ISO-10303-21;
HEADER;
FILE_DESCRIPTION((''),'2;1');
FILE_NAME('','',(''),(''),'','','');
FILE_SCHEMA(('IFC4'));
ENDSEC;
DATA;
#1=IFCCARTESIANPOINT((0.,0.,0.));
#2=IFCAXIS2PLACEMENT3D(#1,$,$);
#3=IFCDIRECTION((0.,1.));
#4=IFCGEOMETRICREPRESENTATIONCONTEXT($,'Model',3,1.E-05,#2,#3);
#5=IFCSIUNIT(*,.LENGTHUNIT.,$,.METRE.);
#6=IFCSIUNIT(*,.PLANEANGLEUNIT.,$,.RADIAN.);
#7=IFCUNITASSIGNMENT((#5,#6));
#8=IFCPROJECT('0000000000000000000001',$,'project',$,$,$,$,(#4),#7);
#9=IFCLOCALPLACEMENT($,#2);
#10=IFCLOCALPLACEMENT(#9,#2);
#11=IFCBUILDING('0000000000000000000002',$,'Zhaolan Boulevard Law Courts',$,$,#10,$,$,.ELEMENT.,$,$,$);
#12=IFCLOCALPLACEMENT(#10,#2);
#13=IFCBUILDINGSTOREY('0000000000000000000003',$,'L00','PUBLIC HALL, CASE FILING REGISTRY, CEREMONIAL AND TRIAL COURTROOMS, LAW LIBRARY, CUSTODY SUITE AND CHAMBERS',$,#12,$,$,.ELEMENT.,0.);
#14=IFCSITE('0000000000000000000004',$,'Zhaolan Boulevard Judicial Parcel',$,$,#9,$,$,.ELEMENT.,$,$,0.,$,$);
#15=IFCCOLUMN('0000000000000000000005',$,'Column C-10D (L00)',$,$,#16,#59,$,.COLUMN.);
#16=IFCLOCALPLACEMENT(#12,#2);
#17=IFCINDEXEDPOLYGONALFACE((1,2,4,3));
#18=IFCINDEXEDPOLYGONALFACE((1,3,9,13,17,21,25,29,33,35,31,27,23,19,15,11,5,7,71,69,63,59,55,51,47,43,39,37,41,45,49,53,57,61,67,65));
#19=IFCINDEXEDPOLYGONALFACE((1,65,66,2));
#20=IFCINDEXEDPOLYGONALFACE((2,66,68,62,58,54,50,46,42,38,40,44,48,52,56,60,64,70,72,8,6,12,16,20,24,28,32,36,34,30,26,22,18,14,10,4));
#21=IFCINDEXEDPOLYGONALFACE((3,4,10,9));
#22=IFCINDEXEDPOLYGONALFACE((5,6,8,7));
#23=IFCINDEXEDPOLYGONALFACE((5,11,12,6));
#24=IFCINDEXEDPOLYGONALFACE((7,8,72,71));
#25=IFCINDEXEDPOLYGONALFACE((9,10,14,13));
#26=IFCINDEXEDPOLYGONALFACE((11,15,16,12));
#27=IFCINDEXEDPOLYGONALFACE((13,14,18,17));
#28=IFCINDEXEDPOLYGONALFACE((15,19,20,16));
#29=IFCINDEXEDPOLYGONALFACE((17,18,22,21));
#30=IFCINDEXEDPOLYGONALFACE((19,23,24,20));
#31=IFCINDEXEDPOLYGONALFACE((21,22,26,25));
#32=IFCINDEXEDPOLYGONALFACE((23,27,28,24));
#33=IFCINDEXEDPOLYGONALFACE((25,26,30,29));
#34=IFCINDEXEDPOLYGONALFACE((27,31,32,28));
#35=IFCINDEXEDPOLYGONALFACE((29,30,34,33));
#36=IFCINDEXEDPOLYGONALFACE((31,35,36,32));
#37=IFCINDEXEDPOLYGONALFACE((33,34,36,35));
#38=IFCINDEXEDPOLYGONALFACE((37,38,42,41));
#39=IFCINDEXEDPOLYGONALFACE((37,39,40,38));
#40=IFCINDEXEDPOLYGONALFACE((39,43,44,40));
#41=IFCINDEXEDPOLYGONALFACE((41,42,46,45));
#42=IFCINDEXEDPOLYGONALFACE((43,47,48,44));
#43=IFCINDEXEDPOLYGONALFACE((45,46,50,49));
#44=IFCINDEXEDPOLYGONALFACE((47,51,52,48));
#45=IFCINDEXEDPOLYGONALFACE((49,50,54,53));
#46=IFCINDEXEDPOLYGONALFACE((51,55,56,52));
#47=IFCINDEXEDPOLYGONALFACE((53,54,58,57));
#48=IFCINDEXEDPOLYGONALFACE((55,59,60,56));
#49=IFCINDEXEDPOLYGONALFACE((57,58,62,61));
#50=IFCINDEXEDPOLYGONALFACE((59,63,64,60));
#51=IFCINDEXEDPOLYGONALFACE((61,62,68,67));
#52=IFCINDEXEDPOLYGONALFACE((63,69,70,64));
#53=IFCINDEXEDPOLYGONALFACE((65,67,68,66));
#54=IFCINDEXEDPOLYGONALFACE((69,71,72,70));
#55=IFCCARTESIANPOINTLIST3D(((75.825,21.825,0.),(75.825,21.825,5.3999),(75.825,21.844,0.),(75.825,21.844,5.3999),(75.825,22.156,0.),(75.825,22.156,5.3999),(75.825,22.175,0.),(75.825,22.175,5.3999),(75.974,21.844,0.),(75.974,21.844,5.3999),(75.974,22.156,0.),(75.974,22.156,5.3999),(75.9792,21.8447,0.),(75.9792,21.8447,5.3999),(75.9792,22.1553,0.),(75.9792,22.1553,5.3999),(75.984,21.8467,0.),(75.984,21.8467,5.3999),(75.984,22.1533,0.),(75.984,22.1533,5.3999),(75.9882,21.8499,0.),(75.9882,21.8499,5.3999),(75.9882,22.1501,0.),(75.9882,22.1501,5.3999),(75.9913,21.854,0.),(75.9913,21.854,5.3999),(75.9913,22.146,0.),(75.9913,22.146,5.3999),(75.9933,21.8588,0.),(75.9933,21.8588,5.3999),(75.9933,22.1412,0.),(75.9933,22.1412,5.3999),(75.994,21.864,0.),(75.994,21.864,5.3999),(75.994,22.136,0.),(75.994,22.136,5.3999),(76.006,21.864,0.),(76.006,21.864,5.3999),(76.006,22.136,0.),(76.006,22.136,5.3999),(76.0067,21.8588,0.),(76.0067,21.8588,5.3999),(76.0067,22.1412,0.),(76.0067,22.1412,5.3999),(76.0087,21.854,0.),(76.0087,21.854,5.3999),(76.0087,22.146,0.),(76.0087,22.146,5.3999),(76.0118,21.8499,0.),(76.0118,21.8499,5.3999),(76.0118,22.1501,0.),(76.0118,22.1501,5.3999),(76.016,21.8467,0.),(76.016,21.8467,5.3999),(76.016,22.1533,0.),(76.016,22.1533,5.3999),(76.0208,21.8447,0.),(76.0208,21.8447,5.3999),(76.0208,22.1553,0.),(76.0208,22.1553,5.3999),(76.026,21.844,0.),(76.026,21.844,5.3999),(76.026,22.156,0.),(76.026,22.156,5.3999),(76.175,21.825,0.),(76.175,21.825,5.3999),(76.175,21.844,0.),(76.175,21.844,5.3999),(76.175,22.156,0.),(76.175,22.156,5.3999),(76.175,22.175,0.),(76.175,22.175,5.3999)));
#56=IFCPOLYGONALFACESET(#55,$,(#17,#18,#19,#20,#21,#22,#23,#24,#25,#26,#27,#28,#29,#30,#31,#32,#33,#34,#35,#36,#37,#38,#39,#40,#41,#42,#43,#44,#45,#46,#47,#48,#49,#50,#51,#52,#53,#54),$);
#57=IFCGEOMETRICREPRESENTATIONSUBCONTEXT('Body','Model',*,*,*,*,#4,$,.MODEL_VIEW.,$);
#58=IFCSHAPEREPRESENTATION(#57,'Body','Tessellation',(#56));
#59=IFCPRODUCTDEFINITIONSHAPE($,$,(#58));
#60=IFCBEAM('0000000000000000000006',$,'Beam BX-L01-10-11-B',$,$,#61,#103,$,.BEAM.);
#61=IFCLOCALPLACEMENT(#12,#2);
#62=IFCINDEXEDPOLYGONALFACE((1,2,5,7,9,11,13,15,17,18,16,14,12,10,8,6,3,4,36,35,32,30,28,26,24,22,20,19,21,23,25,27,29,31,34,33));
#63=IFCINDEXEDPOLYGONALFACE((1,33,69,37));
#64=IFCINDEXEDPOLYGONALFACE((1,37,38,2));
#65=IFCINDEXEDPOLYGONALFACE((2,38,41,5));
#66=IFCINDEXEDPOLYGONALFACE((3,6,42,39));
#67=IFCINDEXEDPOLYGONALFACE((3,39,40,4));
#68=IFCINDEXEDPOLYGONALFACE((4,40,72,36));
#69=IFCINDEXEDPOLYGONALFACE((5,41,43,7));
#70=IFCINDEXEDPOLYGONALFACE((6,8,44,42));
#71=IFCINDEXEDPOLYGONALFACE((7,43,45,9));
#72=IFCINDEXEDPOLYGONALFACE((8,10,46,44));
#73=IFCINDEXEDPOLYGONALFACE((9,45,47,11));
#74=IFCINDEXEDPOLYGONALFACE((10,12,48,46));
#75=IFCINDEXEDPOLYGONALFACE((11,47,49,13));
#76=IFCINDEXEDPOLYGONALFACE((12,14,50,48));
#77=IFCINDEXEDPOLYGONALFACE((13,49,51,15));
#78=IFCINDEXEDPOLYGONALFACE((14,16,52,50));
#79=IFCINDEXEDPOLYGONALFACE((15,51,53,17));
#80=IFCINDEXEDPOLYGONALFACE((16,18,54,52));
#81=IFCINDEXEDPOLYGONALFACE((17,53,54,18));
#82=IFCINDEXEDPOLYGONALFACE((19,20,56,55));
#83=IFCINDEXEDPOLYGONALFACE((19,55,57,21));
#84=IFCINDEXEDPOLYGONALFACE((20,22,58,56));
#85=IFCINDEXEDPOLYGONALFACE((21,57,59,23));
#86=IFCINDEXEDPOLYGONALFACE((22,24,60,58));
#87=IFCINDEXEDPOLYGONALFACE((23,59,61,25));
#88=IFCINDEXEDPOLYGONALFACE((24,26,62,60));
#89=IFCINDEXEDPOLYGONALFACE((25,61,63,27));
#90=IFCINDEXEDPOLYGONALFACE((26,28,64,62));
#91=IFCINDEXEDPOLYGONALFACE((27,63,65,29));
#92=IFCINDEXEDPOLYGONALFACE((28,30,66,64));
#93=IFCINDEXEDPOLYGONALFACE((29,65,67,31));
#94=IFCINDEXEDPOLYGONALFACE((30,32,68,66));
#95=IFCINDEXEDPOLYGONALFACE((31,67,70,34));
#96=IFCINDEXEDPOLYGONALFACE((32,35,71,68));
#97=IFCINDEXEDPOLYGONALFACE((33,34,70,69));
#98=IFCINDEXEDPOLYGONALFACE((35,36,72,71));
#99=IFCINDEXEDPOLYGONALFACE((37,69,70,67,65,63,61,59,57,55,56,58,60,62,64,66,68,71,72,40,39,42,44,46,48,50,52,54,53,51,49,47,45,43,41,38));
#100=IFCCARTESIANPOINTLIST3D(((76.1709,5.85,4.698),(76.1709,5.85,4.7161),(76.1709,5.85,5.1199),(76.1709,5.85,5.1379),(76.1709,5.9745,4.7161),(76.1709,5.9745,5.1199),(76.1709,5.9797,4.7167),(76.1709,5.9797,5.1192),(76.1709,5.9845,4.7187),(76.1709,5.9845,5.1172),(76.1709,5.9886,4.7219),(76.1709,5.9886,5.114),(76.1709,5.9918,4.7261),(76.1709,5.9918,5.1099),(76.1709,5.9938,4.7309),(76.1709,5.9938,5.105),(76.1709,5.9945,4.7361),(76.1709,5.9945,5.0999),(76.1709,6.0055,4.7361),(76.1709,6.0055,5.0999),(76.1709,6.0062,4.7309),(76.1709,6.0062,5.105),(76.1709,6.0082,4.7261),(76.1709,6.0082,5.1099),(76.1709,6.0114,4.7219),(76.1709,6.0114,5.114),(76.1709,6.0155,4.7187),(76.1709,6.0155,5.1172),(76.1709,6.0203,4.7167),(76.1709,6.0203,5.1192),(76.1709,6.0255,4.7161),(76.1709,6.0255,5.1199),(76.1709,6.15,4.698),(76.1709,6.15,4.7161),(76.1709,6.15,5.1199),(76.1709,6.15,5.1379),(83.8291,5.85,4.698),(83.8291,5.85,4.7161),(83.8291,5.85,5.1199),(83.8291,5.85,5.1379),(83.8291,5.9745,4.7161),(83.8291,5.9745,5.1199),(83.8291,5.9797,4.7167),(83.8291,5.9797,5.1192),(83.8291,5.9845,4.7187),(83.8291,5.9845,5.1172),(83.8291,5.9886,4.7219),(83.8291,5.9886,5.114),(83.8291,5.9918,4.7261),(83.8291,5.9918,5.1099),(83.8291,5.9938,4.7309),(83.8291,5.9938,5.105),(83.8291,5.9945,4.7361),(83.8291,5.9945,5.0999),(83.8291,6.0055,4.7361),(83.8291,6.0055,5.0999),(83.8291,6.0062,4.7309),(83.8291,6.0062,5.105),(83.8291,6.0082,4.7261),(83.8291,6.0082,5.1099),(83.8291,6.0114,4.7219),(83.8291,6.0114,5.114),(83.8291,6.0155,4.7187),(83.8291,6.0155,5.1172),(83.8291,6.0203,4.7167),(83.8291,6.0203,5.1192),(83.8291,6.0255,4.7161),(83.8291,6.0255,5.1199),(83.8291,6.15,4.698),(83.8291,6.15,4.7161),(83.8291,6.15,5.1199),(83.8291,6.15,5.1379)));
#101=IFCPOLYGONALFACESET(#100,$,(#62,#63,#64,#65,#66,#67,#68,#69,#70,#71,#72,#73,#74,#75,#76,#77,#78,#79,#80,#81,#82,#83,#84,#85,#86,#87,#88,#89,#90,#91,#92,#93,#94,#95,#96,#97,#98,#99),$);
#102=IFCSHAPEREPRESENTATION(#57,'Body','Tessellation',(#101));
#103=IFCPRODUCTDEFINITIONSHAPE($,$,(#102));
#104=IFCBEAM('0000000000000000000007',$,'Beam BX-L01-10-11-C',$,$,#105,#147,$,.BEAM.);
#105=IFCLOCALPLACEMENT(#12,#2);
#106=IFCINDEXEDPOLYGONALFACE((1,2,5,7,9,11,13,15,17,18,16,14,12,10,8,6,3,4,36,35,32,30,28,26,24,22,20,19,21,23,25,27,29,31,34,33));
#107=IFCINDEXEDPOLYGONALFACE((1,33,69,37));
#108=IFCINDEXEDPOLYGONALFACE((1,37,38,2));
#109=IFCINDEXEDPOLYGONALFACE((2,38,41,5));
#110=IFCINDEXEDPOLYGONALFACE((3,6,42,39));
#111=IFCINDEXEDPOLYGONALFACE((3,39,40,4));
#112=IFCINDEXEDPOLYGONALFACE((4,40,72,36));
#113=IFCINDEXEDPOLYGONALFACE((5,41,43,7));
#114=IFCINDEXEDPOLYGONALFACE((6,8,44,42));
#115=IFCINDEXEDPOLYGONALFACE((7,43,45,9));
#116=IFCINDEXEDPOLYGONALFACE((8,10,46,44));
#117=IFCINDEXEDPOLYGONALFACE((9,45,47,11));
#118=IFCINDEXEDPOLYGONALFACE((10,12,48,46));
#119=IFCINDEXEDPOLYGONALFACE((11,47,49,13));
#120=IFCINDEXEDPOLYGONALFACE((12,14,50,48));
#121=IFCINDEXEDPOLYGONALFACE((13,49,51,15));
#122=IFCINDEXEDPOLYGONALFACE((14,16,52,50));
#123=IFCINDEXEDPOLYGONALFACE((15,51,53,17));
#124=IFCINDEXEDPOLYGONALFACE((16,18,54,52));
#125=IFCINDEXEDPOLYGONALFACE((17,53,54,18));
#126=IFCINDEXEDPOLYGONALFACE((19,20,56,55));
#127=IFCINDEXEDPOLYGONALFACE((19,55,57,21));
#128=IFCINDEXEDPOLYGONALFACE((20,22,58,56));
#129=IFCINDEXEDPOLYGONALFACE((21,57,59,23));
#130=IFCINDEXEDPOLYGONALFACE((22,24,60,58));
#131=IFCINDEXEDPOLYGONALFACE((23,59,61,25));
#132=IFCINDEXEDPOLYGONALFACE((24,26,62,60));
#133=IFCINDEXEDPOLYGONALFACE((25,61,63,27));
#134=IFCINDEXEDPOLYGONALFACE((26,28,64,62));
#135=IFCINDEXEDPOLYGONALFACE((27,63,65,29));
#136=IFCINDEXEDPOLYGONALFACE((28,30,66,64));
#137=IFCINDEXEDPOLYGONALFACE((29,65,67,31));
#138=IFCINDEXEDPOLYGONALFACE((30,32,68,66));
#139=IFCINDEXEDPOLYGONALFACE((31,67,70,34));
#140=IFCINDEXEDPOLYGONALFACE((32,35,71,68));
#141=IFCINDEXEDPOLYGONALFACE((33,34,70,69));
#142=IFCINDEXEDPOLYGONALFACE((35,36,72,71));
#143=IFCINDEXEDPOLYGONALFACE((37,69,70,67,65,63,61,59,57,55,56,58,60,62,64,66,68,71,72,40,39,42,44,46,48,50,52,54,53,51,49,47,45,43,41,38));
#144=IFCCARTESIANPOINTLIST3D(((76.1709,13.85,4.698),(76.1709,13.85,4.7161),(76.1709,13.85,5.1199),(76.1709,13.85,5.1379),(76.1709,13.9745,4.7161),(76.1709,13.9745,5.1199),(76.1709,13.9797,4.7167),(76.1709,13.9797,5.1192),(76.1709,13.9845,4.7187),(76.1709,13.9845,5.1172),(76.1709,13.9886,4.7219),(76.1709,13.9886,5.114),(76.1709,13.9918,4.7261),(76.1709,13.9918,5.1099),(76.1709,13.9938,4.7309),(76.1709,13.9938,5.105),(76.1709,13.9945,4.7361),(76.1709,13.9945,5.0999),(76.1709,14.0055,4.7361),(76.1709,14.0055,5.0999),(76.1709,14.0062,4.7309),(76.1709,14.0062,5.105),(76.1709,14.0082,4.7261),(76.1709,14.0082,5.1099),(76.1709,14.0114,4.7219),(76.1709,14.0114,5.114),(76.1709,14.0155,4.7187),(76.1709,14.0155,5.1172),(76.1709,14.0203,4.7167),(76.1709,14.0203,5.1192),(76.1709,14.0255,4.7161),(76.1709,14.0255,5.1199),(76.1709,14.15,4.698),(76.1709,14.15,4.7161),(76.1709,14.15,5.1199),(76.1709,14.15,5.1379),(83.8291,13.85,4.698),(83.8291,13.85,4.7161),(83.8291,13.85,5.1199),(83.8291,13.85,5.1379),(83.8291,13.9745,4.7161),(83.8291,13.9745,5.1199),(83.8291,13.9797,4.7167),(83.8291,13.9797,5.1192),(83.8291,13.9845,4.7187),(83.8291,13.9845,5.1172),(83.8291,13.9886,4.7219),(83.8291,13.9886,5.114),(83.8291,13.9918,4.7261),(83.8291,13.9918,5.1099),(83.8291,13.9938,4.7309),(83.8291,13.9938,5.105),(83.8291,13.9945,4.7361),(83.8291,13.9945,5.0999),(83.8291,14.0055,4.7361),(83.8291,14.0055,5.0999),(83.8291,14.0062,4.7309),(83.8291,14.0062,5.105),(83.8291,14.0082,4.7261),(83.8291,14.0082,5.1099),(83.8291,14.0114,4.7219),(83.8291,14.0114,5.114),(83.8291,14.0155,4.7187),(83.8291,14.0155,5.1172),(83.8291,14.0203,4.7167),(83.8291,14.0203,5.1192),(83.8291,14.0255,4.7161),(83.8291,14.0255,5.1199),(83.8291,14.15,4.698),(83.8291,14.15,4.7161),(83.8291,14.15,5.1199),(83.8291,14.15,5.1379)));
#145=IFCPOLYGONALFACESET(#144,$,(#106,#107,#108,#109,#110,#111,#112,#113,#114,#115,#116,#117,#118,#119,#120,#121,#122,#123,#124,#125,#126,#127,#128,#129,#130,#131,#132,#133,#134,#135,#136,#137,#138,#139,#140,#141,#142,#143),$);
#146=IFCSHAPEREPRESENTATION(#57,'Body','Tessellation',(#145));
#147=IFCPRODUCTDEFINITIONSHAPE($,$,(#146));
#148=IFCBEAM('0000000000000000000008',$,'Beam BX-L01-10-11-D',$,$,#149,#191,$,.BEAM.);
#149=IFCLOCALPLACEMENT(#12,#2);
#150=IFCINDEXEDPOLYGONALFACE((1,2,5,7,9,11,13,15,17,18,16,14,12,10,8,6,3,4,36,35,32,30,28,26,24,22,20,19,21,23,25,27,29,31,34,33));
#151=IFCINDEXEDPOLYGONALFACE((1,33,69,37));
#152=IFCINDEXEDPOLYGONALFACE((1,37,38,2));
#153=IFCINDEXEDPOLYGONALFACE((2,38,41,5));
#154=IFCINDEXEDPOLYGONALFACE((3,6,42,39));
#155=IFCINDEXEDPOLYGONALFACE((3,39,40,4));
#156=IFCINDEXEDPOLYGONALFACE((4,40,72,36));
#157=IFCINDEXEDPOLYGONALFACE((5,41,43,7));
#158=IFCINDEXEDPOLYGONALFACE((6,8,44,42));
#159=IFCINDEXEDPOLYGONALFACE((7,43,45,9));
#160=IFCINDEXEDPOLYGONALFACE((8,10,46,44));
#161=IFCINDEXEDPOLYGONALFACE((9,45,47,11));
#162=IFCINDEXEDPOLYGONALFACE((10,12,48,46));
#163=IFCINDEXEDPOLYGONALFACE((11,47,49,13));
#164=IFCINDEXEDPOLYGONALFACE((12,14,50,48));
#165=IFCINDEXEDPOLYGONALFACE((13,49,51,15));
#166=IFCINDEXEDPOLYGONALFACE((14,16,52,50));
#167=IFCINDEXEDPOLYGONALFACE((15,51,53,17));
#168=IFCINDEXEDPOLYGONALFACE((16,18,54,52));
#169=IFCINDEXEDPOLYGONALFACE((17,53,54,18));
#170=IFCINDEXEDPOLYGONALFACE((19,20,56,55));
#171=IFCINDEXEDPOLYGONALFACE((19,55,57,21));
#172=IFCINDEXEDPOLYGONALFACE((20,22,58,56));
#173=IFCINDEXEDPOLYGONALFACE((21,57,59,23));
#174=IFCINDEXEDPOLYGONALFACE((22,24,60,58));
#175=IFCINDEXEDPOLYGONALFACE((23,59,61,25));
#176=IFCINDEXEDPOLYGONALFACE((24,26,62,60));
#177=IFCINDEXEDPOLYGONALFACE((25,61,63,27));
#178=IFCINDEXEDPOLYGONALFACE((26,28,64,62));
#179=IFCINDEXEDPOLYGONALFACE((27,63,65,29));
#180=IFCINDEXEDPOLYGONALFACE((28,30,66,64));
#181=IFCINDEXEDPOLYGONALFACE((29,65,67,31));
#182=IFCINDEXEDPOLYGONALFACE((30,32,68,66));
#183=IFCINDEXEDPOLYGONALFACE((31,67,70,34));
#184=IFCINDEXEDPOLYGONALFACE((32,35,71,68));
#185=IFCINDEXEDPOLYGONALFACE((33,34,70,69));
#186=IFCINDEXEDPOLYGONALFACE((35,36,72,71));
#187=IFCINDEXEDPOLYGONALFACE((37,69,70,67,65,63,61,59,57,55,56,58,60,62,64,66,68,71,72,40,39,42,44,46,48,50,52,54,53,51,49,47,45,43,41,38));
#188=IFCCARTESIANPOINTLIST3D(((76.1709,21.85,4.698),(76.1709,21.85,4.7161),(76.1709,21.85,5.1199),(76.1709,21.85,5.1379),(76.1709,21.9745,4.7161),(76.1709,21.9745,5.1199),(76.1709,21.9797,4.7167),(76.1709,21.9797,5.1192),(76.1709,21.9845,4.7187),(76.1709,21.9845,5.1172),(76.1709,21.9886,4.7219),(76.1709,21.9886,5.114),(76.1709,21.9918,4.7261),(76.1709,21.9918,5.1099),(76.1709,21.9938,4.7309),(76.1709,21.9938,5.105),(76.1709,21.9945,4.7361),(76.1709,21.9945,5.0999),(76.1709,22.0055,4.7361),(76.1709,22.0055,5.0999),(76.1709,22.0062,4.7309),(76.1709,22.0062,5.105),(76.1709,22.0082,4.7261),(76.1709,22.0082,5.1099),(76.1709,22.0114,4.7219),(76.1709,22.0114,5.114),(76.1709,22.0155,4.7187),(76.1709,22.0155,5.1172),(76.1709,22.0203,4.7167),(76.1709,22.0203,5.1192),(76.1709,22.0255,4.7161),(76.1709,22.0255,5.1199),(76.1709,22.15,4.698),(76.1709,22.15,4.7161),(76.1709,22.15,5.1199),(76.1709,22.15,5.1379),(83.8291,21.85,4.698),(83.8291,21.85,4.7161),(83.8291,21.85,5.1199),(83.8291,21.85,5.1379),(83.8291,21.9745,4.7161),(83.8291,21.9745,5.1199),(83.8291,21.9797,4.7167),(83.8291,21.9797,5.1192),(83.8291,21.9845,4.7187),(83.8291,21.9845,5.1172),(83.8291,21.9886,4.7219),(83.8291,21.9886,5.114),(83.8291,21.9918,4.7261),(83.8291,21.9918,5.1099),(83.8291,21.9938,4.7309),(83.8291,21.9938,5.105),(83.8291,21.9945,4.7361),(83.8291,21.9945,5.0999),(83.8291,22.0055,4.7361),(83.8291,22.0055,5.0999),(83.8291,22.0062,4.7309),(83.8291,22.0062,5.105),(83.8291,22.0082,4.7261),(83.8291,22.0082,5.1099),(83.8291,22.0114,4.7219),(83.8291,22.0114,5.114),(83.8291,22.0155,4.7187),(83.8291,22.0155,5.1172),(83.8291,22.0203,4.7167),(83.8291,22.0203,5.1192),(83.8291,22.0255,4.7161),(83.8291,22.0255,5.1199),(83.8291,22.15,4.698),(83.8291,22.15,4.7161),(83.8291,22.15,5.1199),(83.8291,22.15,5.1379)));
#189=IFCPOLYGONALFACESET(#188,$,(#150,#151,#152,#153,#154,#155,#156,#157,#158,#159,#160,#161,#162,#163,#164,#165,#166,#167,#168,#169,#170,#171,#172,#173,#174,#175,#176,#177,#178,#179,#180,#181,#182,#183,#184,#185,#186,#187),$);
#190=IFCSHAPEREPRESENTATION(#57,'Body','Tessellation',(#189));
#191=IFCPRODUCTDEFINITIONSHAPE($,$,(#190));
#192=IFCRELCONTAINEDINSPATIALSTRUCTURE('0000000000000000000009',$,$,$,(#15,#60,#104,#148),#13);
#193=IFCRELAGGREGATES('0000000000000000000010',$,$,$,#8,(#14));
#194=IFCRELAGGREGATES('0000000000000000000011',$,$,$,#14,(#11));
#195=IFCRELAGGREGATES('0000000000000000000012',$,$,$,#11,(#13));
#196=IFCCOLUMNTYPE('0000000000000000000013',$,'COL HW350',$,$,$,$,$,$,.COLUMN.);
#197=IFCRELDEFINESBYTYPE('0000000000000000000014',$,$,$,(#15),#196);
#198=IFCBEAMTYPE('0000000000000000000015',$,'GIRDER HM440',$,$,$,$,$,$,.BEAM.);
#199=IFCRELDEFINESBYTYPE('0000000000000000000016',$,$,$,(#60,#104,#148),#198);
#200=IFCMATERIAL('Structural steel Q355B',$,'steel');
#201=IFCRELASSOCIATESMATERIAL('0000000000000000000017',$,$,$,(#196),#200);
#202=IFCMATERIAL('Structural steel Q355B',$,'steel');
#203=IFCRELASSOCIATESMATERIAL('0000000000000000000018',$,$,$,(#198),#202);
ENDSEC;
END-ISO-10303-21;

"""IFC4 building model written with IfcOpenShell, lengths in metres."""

from ifc_helpers import new_model, si_unit, direction, frame, origin, origin_2d, place, context, subcontext, project, spatial, i_section, extrude, material, material_profile, profile_set, type_object, element, save


model = new_model("IFC4")

# Units and contexts
model_context = context("Model", 3, precision=1e-05, world=origin(), true_north=direction((0.0, 1.0)))
body_context = subcontext(model_context, "Body", "Model", "MODEL_VIEW")
ifc_project = project(units=[si_unit("LENGTHUNIT", "METRE"), si_unit("PLANEANGLEUNIT", "RADIAN")], contexts=[model_context])

# Site, building, storey
site_placement = place(None, origin())
site = spatial("IfcSite", under=ifc_project, at=site_placement, Name="Zhaolan Boulevard Judicial Parcel", CompositionType="ELEMENT", RefElevation=0.0)
building_placement = place(site_placement, origin())
building = spatial("IfcBuilding", under=site, at=building_placement, Name="Zhaolan Boulevard Law Courts", CompositionType="ELEMENT")
storey_placement = place(building_placement, origin())
storey = spatial("IfcBuildingStorey", under=building, at=storey_placement, Name="L00", Description="PUBLIC HALL, CASE FILING REGISTRY, CEREMONIAL AND TRIAL COURTROOMS, LAW LIBRARY, CUSTODY SUITE AND CHAMBERS", CompositionType="ELEMENT", Elevation=0.0)

# Column
ifc_material_1 = material(Name="Structural steel Q355B", Category="steel")
ifc_material_profile_1 = material_profile(ifc_material_1, i_section(OverallWidth=0.3501, OverallDepth=0.3501, WebThickness=0.012, FlangeThickness=0.019, FilletRadius=0.02, at=origin_2d()), Name="HW350x350")
ifc_profile_set_1 = profile_set([ifc_material_profile_1], Name="Structural steel Q355B")
column_type_1 = type_object("IfcColumnType", Name="COL HW350", PredefinedType="COLUMN", material=ifc_profile_set_1)
for number, where, z_axis, x_axis, name in (
    (1, (76.0, 22.0, 0.0), (0.0, 0.0, 1.0), (1.0, 0.0, 0.0), "Column C-10D (L00)"),
):
    element("IfcColumn", number, at=place(storey_placement, frame(where, z_axis=z_axis, x_axis=x_axis)), inside=storey, type_object=column_type_1, Name=name, PredefinedType="COLUMN", context=body_context, shape_type="SweptSolid", body=[
        extrude(i_section(OverallWidth=0.3501, OverallDepth=0.3501, WebThickness=0.012, FlangeThickness=0.019, FilletRadius=0.02, at=origin_2d()), origin(), (0.0, 0.0, 1.0), 5.3999),
    ])

# Beams
ifc_material_2 = material(Name="Structural steel Q355B", Category="steel")
ifc_material_profile_2 = material_profile(ifc_material_2, i_section(OverallWidth=0.3, OverallDepth=0.4399, WebThickness=0.011, FlangeThickness=0.0181, FilletRadius=0.02, at=origin_2d()), Name="HM440x300")
ifc_profile_set_2 = profile_set([ifc_material_profile_2], Name="Structural steel Q355B")
beam_type_1 = type_object("IfcBeamType", Name="GIRDER HM440", PredefinedType="BEAM", material=ifc_profile_set_2)
for number, where, z_axis, x_axis, name in (
    (2, (76.1709, 6.0, 4.918), (1.0, 0.0, 0.0), (0.0, 1.0, 0.0), "Beam BX-L01-10-11-B"),
    (3, (76.1709, 14.0, 4.918), (1.0, 0.0, 0.0), (0.0, 1.0, 0.0), "Beam BX-L01-10-11-C"),
    (4, (76.1709, 22.0, 4.918), (1.0, 0.0, 0.0), (0.0, 1.0, 0.0), "Beam BX-L01-10-11-D"),
):
    element("IfcBeam", number, at=place(storey_placement, frame(where, z_axis=z_axis, x_axis=x_axis)), inside=storey, type_object=beam_type_1, Name=name, PredefinedType="BEAM", context=body_context, shape_type="SweptSolid", body=[
        extrude(i_section(OverallWidth=0.3, OverallDepth=0.4399, WebThickness=0.011, FlangeThickness=0.0181, FilletRadius=0.02, at=origin_2d()), origin(), (0.0, 0.0, 1.0), 7.6582),
    ])

save(model, "model.ifc")
